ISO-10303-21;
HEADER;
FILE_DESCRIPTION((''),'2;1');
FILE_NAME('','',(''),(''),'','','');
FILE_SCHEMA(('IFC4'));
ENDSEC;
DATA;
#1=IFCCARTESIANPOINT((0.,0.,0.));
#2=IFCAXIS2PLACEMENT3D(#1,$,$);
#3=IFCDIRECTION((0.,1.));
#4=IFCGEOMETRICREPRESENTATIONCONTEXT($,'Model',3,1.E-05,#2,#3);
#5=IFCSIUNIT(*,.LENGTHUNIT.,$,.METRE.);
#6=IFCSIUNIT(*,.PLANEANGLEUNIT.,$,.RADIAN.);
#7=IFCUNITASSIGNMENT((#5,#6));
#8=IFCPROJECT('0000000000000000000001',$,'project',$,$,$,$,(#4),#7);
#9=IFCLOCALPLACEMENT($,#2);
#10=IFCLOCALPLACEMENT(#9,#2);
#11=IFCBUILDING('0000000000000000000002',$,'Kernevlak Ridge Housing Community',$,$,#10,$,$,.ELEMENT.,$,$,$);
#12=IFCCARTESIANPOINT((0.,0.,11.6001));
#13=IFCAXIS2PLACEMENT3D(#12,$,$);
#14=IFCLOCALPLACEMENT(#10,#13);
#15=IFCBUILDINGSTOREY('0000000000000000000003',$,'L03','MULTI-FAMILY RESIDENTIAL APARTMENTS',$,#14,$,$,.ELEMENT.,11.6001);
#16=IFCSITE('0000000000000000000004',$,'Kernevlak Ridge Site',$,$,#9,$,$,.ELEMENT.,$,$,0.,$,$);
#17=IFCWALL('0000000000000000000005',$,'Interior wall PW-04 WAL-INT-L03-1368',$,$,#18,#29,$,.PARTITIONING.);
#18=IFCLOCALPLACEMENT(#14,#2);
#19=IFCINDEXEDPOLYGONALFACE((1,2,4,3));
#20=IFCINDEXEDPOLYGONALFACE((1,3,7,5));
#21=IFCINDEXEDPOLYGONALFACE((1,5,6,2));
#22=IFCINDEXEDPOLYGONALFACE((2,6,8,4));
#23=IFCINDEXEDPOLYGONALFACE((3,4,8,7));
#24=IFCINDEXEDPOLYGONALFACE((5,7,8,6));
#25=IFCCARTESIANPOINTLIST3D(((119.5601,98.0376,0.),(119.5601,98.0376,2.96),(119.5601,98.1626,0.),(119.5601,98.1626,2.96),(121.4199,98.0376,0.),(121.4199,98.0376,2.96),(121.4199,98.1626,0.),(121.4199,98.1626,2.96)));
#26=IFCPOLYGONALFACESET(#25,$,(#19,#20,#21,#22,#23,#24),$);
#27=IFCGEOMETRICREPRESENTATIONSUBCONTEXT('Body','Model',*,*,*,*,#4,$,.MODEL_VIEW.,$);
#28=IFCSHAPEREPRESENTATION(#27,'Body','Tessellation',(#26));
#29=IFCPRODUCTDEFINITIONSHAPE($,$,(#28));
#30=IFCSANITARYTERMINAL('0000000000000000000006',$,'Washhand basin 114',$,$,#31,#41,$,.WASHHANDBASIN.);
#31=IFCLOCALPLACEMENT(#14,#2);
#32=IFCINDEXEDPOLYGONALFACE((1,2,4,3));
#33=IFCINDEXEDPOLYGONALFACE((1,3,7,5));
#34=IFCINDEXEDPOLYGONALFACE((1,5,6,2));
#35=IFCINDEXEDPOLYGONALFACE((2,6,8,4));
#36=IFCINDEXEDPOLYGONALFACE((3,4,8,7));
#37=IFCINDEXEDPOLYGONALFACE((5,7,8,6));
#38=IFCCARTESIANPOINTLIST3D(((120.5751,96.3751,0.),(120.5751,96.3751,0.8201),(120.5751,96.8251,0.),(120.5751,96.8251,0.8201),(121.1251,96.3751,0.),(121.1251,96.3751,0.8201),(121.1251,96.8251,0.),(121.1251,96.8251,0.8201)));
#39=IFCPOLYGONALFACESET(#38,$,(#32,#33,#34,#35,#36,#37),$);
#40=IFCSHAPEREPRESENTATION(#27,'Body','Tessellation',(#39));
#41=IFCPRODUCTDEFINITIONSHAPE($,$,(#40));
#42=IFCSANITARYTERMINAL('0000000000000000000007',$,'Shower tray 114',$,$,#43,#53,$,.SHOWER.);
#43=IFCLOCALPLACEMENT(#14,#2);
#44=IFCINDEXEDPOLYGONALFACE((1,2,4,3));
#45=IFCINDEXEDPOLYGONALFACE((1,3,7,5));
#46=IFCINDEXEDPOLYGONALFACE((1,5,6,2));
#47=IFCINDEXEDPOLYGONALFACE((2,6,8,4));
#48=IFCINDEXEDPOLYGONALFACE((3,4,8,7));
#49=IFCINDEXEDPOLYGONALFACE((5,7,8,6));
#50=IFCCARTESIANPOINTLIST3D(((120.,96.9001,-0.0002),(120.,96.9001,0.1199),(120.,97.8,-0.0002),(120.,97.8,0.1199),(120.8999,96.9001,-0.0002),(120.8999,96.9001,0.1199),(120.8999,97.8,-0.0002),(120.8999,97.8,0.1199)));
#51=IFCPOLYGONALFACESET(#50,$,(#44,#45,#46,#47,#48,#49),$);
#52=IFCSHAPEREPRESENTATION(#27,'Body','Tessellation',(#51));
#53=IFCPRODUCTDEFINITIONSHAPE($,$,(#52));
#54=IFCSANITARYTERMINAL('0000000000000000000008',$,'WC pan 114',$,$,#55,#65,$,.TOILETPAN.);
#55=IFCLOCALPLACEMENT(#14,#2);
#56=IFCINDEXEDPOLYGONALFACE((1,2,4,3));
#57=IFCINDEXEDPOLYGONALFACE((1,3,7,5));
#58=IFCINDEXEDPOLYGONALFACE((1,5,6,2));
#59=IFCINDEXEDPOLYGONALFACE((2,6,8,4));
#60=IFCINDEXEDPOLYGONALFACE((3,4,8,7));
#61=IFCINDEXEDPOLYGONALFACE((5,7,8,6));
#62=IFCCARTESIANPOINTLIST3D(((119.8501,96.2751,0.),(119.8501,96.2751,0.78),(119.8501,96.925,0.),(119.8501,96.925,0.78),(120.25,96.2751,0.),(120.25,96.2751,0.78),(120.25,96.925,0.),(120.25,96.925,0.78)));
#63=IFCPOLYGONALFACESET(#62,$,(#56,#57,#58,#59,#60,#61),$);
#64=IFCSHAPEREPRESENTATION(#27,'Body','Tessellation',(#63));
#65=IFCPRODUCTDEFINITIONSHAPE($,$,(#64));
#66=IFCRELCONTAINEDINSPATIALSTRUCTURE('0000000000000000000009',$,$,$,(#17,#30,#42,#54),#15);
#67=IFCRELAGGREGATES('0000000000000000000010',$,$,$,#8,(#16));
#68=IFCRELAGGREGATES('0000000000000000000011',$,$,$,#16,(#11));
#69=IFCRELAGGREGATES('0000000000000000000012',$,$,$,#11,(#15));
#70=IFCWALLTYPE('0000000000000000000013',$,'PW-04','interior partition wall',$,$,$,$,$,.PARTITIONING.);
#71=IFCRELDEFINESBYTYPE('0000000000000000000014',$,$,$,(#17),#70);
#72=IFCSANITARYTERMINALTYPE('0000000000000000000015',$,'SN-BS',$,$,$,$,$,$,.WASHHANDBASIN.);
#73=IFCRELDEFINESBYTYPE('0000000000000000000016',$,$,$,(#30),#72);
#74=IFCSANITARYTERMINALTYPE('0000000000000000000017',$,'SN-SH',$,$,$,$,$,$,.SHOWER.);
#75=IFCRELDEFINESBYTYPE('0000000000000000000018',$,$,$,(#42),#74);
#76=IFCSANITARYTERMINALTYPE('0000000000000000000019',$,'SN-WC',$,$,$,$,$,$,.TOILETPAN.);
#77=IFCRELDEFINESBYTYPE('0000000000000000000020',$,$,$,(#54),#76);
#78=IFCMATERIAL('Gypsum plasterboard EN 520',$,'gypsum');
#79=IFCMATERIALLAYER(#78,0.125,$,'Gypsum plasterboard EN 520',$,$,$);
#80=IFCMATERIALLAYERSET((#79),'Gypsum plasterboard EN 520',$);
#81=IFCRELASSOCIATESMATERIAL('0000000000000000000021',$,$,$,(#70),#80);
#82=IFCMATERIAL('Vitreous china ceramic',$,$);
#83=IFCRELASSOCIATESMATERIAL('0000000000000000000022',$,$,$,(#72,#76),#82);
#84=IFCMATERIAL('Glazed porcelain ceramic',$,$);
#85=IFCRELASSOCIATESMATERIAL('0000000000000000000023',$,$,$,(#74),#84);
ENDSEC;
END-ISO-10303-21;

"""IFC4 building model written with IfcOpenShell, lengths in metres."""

from ifc_helpers import new_model, si_unit, direction, frame, frame_2d, origin, origin_2d, place, context, subcontext, project, spatial, rectangle, extrude, material, layer, layer_set, type_object, element, save


model = new_model("IFC4")

# Units and contexts
model_context = context("Model", 3, precision=1e-05, world=origin(), true_north=direction((0.0, 1.0)))
body_context = subcontext(model_context, "Body", "Model", "MODEL_VIEW")
ifc_project = project(units=[si_unit("LENGTHUNIT", "METRE"), si_unit("PLANEANGLEUNIT", "RADIAN")], contexts=[model_context])

# Site, building, storey
site_placement = place(None, origin())
site = spatial("IfcSite", under=ifc_project, at=site_placement, Name="Kernevlak Ridge Site", CompositionType="ELEMENT", RefElevation=0.0)
building_placement = place(site_placement, origin())
building = spatial("IfcBuilding", under=site, at=building_placement, Name="Kernevlak Ridge Housing Community", CompositionType="ELEMENT")
storey_placement = place(building_placement, frame((0.0, 0.0, 11.6001)))
storey = spatial("IfcBuildingStorey", under=building, at=storey_placement, Name="L03", Description="MULTI-FAMILY RESIDENTIAL APARTMENTS", CompositionType="ELEMENT", Elevation=11.6001)

# Shared definitions
ifc_material_1 = material(Name="Gypsum plasterboard EN 520", Category="gypsum")
ifc_layer_1 = layer(ifc_material_1, 0.125, Name="Gypsum plasterboard EN 520")
ifc_layer_set_1 = layer_set([ifc_layer_1], Name="Gypsum plasterboard EN 520")
wall_type_1 = type_object("IfcWallType", Name="PW-04", Description="interior partition wall", PredefinedType="PARTITIONING", material=ifc_layer_set_1)

# Wall
wall_1_placement = place(storey_placement, frame((119.5601, 98.1001, 0.0), z_axis=(0.0, 0.0, 1.0), x_axis=(1.0, 0.0, 0.0)))
element("IfcWall", 1, at=wall_1_placement, inside=storey, type_object=wall_type_1, Name="Interior wall PW-04 WAL-INT-L03-1368", PredefinedType="PARTITIONING", context=body_context, shape_type="SweptSolid", body=[
    extrude(rectangle(XDim=1.8599, YDim=0.125, at=frame_2d((0.9299, 0.0))), origin(), (0.0, 0.0, 1.0), 2.96),
])

# Sanitary terminals
ifc_material_2 = material(Name="Vitreous china ceramic")
sanitary_terminal_type_1 = type_object("IfcSanitaryTerminalType", Name="SN-BS", PredefinedType="WASHHANDBASIN", material=ifc_material_2)
sanitary_terminal_1_placement = place(storey_placement, frame((120.8501, 96.6001, 0.0), z_axis=(0.0, 0.0, 1.0), x_axis=(1.0, 0.0, 0.0)))
element("IfcSanitaryTerminal", 2, at=sanitary_terminal_1_placement, inside=storey, type_object=sanitary_terminal_type_1, Name="Washhand basin 114", PredefinedType="WASHHANDBASIN", context=body_context, shape_type="SweptSolid", body=[
    extrude(rectangle(XDim=0.55, YDim=0.45, at=origin_2d()), origin(), (0.0, 0.0, 1.0), 0.8201),
])
ifc_material_3 = material(Name="Glazed porcelain ceramic")
sanitary_terminal_type_2 = type_object("IfcSanitaryTerminalType", Name="SN-SH", PredefinedType="SHOWER", material=ifc_material_3)
sanitary_terminal_2_placement = place(storey_placement, frame((120.45, 97.3501, -0.0002), z_axis=(0.0, 0.0, 1.0), x_axis=(1.0, 0.0, 0.0)))
element("IfcSanitaryTerminal", 3, at=sanitary_terminal_2_placement, inside=storey, type_object=sanitary_terminal_type_2, Name="Shower tray 114", PredefinedType="SHOWER", context=body_context, shape_type="SweptSolid", body=[
    extrude(rectangle(XDim=0.8999, YDim=0.8999, at=origin_2d()), origin(), (0.0, 0.0, 1.0), 0.1201),
])
sanitary_terminal_type_3 = type_object("IfcSanitaryTerminalType", Name="SN-WC", PredefinedType="TOILETPAN", material=ifc_material_2)
sanitary_terminal_3_placement = place(storey_placement, frame((120.05, 96.6001, 0.0), z_axis=(0.0, 0.0, 1.0), x_axis=(1.0, 0.0, 0.0)))
element("IfcSanitaryTerminal", 4, at=sanitary_terminal_3_placement, inside=storey, type_object=sanitary_terminal_type_3, Name="WC pan 114", PredefinedType="TOILETPAN", context=body_context, shape_type="SweptSolid", body=[
    extrude(rectangle(XDim=0.3999, YDim=0.6499, at=origin_2d()), origin(), (0.0, 0.0, 1.0), 0.78),
])

save(model, "model.ifc")
